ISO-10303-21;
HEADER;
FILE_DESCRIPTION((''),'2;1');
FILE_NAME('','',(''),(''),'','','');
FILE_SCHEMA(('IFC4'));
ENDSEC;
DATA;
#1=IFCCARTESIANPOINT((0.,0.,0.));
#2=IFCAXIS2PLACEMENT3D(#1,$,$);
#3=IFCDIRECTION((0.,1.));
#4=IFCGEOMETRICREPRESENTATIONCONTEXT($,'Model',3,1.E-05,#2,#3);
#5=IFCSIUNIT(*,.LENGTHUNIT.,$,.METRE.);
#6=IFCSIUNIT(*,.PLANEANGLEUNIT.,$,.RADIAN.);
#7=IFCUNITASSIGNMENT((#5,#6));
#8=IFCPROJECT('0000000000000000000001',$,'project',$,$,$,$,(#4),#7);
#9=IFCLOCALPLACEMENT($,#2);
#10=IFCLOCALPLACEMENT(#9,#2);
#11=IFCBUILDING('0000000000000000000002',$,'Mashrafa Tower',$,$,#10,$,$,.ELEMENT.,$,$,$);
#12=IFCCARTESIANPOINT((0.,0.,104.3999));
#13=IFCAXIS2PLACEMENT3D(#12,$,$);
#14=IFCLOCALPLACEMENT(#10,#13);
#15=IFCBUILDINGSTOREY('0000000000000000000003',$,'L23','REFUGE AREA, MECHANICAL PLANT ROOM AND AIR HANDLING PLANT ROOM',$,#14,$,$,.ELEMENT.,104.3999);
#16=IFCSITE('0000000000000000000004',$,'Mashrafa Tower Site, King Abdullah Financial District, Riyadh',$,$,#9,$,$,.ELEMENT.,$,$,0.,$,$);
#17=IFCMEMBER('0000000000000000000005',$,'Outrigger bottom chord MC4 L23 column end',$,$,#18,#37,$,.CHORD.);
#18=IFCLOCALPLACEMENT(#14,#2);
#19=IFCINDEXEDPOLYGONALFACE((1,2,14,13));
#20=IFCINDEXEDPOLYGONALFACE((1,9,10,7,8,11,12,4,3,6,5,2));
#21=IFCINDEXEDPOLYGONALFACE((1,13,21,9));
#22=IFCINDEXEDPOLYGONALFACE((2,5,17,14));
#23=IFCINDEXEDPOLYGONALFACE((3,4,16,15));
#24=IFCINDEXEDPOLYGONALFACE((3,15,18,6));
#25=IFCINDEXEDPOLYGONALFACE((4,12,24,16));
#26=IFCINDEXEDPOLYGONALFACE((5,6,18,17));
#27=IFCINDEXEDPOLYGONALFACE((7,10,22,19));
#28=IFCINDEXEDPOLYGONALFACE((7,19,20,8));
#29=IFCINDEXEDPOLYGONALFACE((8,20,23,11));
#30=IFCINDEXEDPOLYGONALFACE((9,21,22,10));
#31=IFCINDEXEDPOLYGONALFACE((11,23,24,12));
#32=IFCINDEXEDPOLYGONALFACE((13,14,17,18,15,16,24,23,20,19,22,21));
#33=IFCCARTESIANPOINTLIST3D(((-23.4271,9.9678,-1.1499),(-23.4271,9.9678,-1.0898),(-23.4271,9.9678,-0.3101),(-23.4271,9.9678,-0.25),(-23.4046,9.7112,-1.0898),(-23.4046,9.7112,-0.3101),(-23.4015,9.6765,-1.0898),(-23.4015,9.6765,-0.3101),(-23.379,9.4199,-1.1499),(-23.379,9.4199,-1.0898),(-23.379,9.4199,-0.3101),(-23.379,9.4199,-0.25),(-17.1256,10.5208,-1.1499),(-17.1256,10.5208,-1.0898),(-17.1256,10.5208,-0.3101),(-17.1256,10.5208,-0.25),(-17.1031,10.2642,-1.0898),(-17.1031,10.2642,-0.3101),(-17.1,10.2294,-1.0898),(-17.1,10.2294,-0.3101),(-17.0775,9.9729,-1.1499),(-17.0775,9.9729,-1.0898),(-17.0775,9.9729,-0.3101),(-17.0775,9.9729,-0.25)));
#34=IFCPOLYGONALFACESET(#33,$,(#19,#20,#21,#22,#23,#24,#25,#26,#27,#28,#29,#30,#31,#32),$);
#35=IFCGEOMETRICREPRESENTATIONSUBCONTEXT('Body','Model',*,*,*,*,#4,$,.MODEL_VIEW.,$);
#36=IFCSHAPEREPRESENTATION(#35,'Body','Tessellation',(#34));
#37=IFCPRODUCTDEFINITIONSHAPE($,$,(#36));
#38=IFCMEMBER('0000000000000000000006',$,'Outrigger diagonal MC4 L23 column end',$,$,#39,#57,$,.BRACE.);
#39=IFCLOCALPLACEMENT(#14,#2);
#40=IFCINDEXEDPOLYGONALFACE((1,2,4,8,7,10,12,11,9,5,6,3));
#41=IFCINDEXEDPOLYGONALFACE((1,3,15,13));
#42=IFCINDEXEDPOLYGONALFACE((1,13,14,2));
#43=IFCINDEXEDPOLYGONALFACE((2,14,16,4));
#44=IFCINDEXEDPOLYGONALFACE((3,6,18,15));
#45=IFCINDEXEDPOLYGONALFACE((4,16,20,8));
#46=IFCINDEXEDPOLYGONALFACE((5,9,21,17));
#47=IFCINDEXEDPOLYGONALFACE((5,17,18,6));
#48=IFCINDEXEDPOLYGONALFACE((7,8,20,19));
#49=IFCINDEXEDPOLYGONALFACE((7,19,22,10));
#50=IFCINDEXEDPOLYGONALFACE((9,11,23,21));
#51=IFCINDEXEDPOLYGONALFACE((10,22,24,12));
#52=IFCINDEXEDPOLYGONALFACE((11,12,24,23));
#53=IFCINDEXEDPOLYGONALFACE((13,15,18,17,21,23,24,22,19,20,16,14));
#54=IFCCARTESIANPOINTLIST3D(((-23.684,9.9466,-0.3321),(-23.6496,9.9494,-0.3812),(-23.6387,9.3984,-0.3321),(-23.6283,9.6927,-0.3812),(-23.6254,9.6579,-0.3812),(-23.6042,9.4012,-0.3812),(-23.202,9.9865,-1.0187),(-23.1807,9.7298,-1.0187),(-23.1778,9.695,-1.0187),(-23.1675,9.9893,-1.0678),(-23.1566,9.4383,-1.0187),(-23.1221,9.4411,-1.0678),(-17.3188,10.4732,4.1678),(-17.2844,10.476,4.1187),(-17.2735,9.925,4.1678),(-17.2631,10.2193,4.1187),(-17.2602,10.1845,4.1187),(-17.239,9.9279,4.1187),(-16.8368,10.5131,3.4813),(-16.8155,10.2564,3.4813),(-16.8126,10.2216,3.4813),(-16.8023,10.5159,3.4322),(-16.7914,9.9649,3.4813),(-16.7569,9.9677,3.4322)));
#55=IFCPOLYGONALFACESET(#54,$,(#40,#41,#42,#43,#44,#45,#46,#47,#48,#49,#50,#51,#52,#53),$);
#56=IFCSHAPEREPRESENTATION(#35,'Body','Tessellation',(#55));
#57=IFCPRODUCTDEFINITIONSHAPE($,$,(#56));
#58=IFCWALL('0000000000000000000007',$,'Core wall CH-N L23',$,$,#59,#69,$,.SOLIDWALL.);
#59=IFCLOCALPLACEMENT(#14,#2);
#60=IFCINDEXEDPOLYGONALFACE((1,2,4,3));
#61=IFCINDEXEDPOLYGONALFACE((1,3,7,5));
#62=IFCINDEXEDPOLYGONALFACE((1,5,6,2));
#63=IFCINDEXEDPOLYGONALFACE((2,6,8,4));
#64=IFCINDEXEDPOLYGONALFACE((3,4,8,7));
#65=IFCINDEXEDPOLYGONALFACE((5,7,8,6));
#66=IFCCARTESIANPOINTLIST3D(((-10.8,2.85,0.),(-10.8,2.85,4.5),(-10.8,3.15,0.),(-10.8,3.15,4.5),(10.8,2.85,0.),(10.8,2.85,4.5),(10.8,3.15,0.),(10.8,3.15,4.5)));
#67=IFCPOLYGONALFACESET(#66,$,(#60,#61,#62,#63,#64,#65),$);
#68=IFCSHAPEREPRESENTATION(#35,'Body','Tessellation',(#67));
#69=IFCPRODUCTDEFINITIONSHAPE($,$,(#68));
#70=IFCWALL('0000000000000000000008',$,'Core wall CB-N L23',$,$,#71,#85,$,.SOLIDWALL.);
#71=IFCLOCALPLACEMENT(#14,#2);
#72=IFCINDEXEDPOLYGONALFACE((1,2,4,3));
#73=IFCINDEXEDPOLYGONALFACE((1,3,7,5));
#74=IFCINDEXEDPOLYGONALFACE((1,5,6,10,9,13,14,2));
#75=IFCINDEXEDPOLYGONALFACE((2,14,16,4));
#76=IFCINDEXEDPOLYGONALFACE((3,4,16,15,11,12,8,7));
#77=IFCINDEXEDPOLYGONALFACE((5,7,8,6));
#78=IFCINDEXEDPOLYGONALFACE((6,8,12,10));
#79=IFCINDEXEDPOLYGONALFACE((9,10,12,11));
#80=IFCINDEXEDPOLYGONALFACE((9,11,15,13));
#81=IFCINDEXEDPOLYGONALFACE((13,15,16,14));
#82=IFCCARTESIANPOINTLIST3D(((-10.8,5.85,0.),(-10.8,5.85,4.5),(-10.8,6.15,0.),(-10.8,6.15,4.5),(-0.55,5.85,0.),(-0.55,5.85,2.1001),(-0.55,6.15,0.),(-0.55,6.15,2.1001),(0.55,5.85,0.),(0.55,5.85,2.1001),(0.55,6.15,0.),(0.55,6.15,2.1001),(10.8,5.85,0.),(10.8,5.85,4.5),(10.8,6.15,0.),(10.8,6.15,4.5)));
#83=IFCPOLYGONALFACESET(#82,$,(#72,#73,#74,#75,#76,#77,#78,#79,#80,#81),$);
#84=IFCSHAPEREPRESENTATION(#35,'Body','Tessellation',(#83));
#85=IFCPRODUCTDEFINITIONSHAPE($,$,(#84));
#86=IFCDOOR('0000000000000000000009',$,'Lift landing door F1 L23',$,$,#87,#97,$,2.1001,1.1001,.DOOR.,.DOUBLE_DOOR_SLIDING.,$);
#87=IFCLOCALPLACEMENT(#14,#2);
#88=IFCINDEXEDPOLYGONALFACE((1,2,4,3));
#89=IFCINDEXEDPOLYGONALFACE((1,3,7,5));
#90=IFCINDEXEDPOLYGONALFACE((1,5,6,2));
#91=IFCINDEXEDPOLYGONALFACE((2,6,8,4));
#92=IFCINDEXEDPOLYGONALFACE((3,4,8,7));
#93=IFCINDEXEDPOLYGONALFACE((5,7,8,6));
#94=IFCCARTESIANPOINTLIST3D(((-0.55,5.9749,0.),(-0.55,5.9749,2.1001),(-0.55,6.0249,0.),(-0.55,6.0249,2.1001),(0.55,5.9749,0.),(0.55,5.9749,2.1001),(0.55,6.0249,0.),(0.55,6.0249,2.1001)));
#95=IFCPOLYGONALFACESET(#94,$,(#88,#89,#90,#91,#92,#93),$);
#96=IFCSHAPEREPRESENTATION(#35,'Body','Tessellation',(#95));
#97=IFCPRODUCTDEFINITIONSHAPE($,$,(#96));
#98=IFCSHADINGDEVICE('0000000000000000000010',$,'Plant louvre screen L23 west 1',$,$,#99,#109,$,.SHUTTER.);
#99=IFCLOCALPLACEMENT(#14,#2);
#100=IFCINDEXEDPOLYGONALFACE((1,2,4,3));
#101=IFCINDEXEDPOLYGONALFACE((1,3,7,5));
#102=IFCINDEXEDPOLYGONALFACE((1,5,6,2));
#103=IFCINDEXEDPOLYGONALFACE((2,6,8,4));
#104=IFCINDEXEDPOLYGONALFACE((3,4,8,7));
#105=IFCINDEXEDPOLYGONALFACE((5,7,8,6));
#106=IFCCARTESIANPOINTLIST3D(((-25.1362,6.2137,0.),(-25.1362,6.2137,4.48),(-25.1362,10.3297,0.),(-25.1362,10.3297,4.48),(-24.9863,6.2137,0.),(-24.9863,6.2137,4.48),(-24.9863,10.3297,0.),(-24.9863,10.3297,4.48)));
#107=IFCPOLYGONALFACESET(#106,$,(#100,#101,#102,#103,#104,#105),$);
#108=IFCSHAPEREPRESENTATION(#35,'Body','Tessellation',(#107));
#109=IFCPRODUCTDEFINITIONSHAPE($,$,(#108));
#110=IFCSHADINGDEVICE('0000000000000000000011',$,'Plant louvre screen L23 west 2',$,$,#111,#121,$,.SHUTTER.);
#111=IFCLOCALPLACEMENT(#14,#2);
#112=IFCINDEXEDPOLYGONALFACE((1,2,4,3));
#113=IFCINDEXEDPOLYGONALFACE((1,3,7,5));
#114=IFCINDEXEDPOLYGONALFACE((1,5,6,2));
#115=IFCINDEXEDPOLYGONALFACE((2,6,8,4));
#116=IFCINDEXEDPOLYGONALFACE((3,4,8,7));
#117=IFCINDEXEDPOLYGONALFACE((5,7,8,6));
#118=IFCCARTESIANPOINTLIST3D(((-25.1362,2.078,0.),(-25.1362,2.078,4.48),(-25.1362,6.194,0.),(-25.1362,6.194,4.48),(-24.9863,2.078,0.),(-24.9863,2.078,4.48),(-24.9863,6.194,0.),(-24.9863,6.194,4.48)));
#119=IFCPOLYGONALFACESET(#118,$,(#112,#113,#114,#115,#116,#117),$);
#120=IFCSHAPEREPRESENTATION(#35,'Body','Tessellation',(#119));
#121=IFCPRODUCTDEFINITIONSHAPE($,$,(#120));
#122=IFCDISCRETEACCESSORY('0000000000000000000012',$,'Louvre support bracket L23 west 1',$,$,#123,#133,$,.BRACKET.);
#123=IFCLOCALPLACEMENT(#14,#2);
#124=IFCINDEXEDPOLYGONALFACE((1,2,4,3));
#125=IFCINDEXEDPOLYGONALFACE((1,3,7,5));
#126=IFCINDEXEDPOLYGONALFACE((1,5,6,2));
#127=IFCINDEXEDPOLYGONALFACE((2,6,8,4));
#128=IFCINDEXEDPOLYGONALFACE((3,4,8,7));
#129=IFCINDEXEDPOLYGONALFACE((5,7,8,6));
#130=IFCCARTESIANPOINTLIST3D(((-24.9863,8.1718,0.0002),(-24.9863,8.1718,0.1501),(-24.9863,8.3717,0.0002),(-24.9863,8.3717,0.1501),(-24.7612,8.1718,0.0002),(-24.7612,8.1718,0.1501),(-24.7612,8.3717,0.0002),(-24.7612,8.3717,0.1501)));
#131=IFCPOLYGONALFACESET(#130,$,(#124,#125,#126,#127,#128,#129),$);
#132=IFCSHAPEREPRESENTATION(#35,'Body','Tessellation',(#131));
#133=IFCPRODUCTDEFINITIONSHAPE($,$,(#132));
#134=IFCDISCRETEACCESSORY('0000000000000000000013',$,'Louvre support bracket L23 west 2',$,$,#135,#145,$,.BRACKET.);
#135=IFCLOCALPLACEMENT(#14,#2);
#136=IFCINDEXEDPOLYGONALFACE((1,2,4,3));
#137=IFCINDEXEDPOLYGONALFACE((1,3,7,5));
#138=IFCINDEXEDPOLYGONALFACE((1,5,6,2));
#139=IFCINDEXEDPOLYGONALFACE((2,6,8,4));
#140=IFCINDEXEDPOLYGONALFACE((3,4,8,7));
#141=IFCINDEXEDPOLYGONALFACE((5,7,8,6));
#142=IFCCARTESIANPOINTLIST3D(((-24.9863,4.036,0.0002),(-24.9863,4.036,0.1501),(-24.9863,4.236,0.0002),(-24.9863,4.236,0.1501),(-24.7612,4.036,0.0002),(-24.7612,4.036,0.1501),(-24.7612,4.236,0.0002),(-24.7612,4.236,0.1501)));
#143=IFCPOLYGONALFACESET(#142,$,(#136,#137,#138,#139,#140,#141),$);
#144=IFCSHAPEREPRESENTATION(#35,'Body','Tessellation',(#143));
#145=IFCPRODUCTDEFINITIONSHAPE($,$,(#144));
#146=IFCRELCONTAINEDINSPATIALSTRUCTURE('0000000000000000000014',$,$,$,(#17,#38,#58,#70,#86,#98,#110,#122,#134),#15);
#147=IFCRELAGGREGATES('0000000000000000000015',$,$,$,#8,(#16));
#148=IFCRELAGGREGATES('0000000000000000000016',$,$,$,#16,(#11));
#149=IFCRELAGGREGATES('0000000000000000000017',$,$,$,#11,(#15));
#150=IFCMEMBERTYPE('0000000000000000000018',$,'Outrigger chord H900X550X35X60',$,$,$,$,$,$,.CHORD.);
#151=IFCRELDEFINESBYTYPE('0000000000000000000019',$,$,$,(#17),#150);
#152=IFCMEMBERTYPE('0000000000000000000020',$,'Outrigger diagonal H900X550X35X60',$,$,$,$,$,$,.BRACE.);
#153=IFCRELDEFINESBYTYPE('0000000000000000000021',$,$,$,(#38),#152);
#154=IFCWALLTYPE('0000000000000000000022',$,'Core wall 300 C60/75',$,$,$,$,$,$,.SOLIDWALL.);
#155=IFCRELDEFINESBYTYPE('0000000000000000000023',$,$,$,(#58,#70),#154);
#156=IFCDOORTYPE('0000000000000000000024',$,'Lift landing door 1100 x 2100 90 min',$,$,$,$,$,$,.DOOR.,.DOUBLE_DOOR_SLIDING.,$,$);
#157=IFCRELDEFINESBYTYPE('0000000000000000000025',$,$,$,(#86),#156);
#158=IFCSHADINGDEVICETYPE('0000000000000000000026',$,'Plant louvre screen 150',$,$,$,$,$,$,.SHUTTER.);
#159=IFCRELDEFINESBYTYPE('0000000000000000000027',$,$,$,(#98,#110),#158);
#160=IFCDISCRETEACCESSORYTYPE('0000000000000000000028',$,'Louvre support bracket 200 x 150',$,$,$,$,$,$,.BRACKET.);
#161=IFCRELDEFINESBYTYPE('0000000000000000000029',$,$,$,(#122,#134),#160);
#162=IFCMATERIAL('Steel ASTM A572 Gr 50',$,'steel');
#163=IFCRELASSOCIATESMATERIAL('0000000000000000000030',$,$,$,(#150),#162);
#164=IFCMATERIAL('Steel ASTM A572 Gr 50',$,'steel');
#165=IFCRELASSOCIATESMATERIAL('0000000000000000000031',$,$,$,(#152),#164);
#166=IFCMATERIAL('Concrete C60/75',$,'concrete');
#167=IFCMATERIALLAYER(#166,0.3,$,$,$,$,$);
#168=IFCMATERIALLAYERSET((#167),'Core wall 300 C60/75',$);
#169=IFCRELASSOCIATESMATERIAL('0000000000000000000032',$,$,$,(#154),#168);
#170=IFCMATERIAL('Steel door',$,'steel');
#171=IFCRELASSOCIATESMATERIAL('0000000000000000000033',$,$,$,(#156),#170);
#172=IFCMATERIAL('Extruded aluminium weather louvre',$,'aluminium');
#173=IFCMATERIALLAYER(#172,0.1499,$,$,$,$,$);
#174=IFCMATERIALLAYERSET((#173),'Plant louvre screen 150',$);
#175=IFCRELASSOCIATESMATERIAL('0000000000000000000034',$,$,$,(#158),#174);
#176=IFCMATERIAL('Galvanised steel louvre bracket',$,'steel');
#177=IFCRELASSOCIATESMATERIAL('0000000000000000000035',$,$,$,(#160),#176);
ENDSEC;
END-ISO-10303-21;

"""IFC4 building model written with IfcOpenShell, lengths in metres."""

from ifc_helpers import new_model, si_unit, direction, frame, frame_2d, origin, origin_2d, place, context, subcontext, project, spatial, rectangle, i_section, extrude, source, transform, mapped, material, layer, layer_set, material_profile, profile_set, type_object, type_shapes, element, fill, save


model = new_model("IFC4")

# Units and contexts
model_context = context("Model", 3, precision=1e-05, world=origin(), true_north=direction((0.0, 1.0)))
body_context = subcontext(model_context, "Body", "Model", "MODEL_VIEW")
ifc_project = project(units=[si_unit("LENGTHUNIT", "METRE"), si_unit("PLANEANGLEUNIT", "RADIAN")], contexts=[model_context])

# Site, building, storey
site_placement = place(None, origin())
site = spatial("IfcSite", under=ifc_project, at=site_placement, Name="Mashrafa Tower Site, King Abdullah Financial District, Riyadh", CompositionType="ELEMENT", RefElevation=0.0)
building_placement = place(site_placement, origin())
building = spatial("IfcBuilding", under=site, at=building_placement, Name="Mashrafa Tower", CompositionType="ELEMENT")
storey_placement = place(building_placement, frame((0.0, 0.0, 104.3999)))
storey = spatial("IfcBuildingStorey", under=building, at=storey_placement, Name="L23", Description="REFUGE AREA, MECHANICAL PLANT ROOM AND AIR HANDLING PLANT ROOM", CompositionType="ELEMENT", Elevation=104.3999)

# Members
ifc_material_1 = material(Name="Steel ASTM A572 Gr 50", Category="steel")
ifc_material_profile_1 = material_profile(ifc_material_1, i_section(OverallWidth=0.55, OverallDepth=0.8999, WebThickness=0.0349, FlangeThickness=0.0601, at=origin_2d()), Name="H900X550X35X60")
ifc_profile_set_1 = profile_set([ifc_material_profile_1], Name="Steel ASTM A572 Gr 50")
member_type_1 = type_object("IfcMemberType", Name="Outrigger chord H900X550X35X60", PredefinedType="CHORD", material=ifc_profile_set_1)
shared_shape_1 = source(origin(), body_context, "Body", "SweptSolid", [
    extrude(i_section(OverallWidth=0.55, OverallDepth=0.8999, WebThickness=0.0349, FlangeThickness=0.0601, at=origin_2d()), origin(), (0.0, 0.0, 1.0), 6.3257),
])
type_shapes(member_type_1, [shared_shape_1])
member_1_placement = place(storey_placement, frame((-17.1016, 10.2468, -0.7), z_axis=(-0.996172, -0.087417, 0.0), x_axis=(0.087417, -0.996172, 0.0)))
element("IfcMember", 1, at=member_1_placement, inside=storey, type_object=member_type_1, Name="Outrigger bottom chord MC4 L23 column end", PredefinedType="CHORD", context=body_context, shape_type="MappedRepresentation", body=[
    mapped(shared_shape_1, transform((0.0, 0.0, 0.0))),
])
ifc_material_2 = material(Name="Steel ASTM A572 Gr 50", Category="steel")
ifc_material_profile_2 = material_profile(ifc_material_2, i_section(OverallWidth=0.55, OverallDepth=0.8999, WebThickness=0.0349, FlangeThickness=0.0601, at=origin_2d()), Name="H900X550X35X60")
ifc_profile_set_2 = profile_set([ifc_material_profile_2], Name="Steel ASTM A572 Gr 50")
member_type_2 = type_object("IfcMemberType", Name="Outrigger diagonal H900X550X35X60", PredefinedType="BRACE", material=ifc_profile_set_2)
shared_shape_2 = source(origin(), body_context, "Body", "SweptSolid", [
    extrude(i_section(OverallWidth=0.55, OverallDepth=0.8999, WebThickness=0.0349, FlangeThickness=0.0601, at=origin_2d()), origin(), (0.0, 0.0, 1.0), 7.813),
])
type_shapes(member_type_2, [shared_shape_2])
member_2_placement = place(storey_placement, frame((-23.4031, 9.6938, -0.7), z_axis=(0.814694, 0.067402, 0.575961), x_axis=(-0.082451, 0.996595, 0.0)))
element("IfcMember", 2, at=member_2_placement, inside=storey, type_object=member_type_2, Name="Outrigger diagonal MC4 L23 column end", PredefinedType="BRACE", context=body_context, shape_type="MappedRepresentation", body=[
    mapped(shared_shape_2, transform((0.0, 0.0, 0.0))),
])

# Wall
ifc_material_3 = material(Name="Concrete C60/75", Category="concrete")
ifc_layer_1 = layer(ifc_material_3, 0.3)
ifc_layer_set_1 = layer_set([ifc_layer_1], Name="Core wall 300 C60/75")
wall_type = type_object("IfcWallType", Name="Core wall 300 C60/75", PredefinedType="SOLIDWALL", material=ifc_layer_set_1)
wall_1_placement = place(storey_placement, frame((-10.8, 3.0, 0.0), z_axis=(0.0, 0.0, 1.0), x_axis=(1.0, 0.0, 0.0)))
element("IfcWall", 3, at=wall_1_placement, inside=storey, type_object=wall_type, Name="Core wall CH-N L23", PredefinedType="SOLIDWALL", context=body_context, shape_type="SweptSolid", body=[
    extrude(rectangle(XDim=21.6001, YDim=0.3, at=frame_2d((10.8, 0.0))), origin(), (0.0, 0.0, 1.0), 4.5),
])

# Wall, opening, door
wall_2_placement = place(storey_placement, frame((-10.8, 6.0, 0.0), z_axis=(0.0, 0.0, 1.0), x_axis=(1.0, 0.0, 0.0)))
wall_2 = element("IfcWall", 4, at=wall_2_placement, inside=storey, type_object=wall_type, Name="Core wall CB-N L23", PredefinedType="SOLIDWALL", context=body_context, shape_type="SweptSolid", body=[
    extrude(rectangle(XDim=21.6001, YDim=0.3, at=frame_2d((10.8, 0.0))), origin(), (0.0, 0.0, 1.0), 4.5),
])
opening_placement = place(wall_2_placement, frame((10.25, 0.0, 0.0)))
opening = element("IfcOpeningElement", 5, at=opening_placement, cuts=wall_2, PredefinedType="OPENING", context=body_context, shape_type="SweptSolid", body=[
    extrude(rectangle(XDim=1.1001, YDim=2.1001, at=frame_2d((0.55, 1.05))), frame((0.0, 0.1599, 0.0), z_axis=(0.0, -1.0, 0.0), x_axis=(1.0, 0.0, 0.0)), (0.0, 0.0, 1.0), 0.3201),
])
ifc_material_4 = material(Name="Steel door", Category="steel")
door_type = type_object("IfcDoorType", Name="Lift landing door 1100 x 2100 90 min", OperationType="DOUBLE_DOOR_SLIDING", PredefinedType="DOOR", material=ifc_material_4)
door_placement = place(opening_placement, origin())
door = element("IfcDoor", 6, at=door_placement, inside=storey, type_object=door_type, Name="Lift landing door F1 L23", OperationType="DOUBLE_DOOR_SLIDING", OverallHeight=2.1001, OverallWidth=1.1001, PredefinedType="DOOR", context=body_context, shape_type="SweptSolid", body=[
    extrude(rectangle(XDim=1.1001, YDim=2.1001, at=frame_2d((0.55, 1.05))), frame((0.0, 0.0249, 0.0), z_axis=(0.0, -1.0, 0.0), x_axis=(1.0, 0.0, 0.0)), (0.0, 0.0, 1.0), 0.05),
])
fill(opening, door)

# Shading devices
ifc_material_5 = material(Name="Extruded aluminium weather louvre", Category="aluminium")
ifc_layer_2 = layer(ifc_material_5, 0.1499)
ifc_layer_set_2 = layer_set([ifc_layer_2], Name="Plant louvre screen 150")
shading_device_type = type_object("IfcShadingDeviceType", Name="Plant louvre screen 150", PredefinedType="SHUTTER", material=ifc_layer_set_2)
shared_shape_3 = source(origin(), body_context, "Body", "SweptSolid", [
    extrude(rectangle(XDim=4.116, YDim=0.1499, at=origin_2d()), origin(), (0.0, 0.0, 1.0), 4.48),
])
type_shapes(shading_device_type, [shared_shape_3])
for number, where, z_axis, x_axis, name in (
    (7, (-25.0613, 8.2717, 0.0), (0.0, 0.0, 1.0), (0.0, -1.0, 0.0), "Plant louvre screen L23 west 1"),
    (8, (-25.0613, 4.136, 0.0), (0.0, 0.0, 1.0), (0.0, -1.0, 0.0), "Plant louvre screen L23 west 2"),
):
    element("IfcShadingDevice", number, at=place(storey_placement, frame(where, z_axis=z_axis, x_axis=x_axis)), inside=storey, type_object=shading_device_type, Name=name, PredefinedType="SHUTTER", context=body_context, shape_type="MappedRepresentation", body=[
        mapped(shared_shape_3, transform((0.0, 0.0, 0.0))),
    ])

# Discrete accessories
ifc_material_6 = material(Name="Galvanised steel louvre bracket", Category="steel")
discrete_accessory_type = type_object("IfcDiscreteAccessoryType", Name="Louvre support bracket 200 x 150", PredefinedType="BRACKET", material=ifc_material_6)
shared_shape_4 = source(origin(), body_context, "Body", "SweptSolid", [
    extrude(rectangle(XDim=0.2, YDim=0.2251, at=origin_2d()), origin(), (0.0, 0.0, 1.0), 0.1499),
])
type_shapes(discrete_accessory_type, [shared_shape_4])
for number, where, z_axis, x_axis, name in (
    (9, (-24.8738, 8.2717, 0.0002), (0.0, 0.0, 1.0), (0.0, -1.0, 0.0), "Louvre support bracket L23 west 1"),
    (10, (-24.8738, 4.136, 0.0002), (0.0, 0.0, 1.0), (0.0, -1.0, 0.0), "Louvre support bracket L23 west 2"),
):
    element("IfcDiscreteAccessory", number, at=place(storey_placement, frame(where, z_axis=z_axis, x_axis=x_axis)), inside=storey, type_object=discrete_accessory_type, Name=name, PredefinedType="BRACKET", context=body_context, shape_type="MappedRepresentation", body=[
        mapped(shared_shape_4, transform((0.0, 0.0, 0.0))),
    ])

save(model, "model.ifc")
